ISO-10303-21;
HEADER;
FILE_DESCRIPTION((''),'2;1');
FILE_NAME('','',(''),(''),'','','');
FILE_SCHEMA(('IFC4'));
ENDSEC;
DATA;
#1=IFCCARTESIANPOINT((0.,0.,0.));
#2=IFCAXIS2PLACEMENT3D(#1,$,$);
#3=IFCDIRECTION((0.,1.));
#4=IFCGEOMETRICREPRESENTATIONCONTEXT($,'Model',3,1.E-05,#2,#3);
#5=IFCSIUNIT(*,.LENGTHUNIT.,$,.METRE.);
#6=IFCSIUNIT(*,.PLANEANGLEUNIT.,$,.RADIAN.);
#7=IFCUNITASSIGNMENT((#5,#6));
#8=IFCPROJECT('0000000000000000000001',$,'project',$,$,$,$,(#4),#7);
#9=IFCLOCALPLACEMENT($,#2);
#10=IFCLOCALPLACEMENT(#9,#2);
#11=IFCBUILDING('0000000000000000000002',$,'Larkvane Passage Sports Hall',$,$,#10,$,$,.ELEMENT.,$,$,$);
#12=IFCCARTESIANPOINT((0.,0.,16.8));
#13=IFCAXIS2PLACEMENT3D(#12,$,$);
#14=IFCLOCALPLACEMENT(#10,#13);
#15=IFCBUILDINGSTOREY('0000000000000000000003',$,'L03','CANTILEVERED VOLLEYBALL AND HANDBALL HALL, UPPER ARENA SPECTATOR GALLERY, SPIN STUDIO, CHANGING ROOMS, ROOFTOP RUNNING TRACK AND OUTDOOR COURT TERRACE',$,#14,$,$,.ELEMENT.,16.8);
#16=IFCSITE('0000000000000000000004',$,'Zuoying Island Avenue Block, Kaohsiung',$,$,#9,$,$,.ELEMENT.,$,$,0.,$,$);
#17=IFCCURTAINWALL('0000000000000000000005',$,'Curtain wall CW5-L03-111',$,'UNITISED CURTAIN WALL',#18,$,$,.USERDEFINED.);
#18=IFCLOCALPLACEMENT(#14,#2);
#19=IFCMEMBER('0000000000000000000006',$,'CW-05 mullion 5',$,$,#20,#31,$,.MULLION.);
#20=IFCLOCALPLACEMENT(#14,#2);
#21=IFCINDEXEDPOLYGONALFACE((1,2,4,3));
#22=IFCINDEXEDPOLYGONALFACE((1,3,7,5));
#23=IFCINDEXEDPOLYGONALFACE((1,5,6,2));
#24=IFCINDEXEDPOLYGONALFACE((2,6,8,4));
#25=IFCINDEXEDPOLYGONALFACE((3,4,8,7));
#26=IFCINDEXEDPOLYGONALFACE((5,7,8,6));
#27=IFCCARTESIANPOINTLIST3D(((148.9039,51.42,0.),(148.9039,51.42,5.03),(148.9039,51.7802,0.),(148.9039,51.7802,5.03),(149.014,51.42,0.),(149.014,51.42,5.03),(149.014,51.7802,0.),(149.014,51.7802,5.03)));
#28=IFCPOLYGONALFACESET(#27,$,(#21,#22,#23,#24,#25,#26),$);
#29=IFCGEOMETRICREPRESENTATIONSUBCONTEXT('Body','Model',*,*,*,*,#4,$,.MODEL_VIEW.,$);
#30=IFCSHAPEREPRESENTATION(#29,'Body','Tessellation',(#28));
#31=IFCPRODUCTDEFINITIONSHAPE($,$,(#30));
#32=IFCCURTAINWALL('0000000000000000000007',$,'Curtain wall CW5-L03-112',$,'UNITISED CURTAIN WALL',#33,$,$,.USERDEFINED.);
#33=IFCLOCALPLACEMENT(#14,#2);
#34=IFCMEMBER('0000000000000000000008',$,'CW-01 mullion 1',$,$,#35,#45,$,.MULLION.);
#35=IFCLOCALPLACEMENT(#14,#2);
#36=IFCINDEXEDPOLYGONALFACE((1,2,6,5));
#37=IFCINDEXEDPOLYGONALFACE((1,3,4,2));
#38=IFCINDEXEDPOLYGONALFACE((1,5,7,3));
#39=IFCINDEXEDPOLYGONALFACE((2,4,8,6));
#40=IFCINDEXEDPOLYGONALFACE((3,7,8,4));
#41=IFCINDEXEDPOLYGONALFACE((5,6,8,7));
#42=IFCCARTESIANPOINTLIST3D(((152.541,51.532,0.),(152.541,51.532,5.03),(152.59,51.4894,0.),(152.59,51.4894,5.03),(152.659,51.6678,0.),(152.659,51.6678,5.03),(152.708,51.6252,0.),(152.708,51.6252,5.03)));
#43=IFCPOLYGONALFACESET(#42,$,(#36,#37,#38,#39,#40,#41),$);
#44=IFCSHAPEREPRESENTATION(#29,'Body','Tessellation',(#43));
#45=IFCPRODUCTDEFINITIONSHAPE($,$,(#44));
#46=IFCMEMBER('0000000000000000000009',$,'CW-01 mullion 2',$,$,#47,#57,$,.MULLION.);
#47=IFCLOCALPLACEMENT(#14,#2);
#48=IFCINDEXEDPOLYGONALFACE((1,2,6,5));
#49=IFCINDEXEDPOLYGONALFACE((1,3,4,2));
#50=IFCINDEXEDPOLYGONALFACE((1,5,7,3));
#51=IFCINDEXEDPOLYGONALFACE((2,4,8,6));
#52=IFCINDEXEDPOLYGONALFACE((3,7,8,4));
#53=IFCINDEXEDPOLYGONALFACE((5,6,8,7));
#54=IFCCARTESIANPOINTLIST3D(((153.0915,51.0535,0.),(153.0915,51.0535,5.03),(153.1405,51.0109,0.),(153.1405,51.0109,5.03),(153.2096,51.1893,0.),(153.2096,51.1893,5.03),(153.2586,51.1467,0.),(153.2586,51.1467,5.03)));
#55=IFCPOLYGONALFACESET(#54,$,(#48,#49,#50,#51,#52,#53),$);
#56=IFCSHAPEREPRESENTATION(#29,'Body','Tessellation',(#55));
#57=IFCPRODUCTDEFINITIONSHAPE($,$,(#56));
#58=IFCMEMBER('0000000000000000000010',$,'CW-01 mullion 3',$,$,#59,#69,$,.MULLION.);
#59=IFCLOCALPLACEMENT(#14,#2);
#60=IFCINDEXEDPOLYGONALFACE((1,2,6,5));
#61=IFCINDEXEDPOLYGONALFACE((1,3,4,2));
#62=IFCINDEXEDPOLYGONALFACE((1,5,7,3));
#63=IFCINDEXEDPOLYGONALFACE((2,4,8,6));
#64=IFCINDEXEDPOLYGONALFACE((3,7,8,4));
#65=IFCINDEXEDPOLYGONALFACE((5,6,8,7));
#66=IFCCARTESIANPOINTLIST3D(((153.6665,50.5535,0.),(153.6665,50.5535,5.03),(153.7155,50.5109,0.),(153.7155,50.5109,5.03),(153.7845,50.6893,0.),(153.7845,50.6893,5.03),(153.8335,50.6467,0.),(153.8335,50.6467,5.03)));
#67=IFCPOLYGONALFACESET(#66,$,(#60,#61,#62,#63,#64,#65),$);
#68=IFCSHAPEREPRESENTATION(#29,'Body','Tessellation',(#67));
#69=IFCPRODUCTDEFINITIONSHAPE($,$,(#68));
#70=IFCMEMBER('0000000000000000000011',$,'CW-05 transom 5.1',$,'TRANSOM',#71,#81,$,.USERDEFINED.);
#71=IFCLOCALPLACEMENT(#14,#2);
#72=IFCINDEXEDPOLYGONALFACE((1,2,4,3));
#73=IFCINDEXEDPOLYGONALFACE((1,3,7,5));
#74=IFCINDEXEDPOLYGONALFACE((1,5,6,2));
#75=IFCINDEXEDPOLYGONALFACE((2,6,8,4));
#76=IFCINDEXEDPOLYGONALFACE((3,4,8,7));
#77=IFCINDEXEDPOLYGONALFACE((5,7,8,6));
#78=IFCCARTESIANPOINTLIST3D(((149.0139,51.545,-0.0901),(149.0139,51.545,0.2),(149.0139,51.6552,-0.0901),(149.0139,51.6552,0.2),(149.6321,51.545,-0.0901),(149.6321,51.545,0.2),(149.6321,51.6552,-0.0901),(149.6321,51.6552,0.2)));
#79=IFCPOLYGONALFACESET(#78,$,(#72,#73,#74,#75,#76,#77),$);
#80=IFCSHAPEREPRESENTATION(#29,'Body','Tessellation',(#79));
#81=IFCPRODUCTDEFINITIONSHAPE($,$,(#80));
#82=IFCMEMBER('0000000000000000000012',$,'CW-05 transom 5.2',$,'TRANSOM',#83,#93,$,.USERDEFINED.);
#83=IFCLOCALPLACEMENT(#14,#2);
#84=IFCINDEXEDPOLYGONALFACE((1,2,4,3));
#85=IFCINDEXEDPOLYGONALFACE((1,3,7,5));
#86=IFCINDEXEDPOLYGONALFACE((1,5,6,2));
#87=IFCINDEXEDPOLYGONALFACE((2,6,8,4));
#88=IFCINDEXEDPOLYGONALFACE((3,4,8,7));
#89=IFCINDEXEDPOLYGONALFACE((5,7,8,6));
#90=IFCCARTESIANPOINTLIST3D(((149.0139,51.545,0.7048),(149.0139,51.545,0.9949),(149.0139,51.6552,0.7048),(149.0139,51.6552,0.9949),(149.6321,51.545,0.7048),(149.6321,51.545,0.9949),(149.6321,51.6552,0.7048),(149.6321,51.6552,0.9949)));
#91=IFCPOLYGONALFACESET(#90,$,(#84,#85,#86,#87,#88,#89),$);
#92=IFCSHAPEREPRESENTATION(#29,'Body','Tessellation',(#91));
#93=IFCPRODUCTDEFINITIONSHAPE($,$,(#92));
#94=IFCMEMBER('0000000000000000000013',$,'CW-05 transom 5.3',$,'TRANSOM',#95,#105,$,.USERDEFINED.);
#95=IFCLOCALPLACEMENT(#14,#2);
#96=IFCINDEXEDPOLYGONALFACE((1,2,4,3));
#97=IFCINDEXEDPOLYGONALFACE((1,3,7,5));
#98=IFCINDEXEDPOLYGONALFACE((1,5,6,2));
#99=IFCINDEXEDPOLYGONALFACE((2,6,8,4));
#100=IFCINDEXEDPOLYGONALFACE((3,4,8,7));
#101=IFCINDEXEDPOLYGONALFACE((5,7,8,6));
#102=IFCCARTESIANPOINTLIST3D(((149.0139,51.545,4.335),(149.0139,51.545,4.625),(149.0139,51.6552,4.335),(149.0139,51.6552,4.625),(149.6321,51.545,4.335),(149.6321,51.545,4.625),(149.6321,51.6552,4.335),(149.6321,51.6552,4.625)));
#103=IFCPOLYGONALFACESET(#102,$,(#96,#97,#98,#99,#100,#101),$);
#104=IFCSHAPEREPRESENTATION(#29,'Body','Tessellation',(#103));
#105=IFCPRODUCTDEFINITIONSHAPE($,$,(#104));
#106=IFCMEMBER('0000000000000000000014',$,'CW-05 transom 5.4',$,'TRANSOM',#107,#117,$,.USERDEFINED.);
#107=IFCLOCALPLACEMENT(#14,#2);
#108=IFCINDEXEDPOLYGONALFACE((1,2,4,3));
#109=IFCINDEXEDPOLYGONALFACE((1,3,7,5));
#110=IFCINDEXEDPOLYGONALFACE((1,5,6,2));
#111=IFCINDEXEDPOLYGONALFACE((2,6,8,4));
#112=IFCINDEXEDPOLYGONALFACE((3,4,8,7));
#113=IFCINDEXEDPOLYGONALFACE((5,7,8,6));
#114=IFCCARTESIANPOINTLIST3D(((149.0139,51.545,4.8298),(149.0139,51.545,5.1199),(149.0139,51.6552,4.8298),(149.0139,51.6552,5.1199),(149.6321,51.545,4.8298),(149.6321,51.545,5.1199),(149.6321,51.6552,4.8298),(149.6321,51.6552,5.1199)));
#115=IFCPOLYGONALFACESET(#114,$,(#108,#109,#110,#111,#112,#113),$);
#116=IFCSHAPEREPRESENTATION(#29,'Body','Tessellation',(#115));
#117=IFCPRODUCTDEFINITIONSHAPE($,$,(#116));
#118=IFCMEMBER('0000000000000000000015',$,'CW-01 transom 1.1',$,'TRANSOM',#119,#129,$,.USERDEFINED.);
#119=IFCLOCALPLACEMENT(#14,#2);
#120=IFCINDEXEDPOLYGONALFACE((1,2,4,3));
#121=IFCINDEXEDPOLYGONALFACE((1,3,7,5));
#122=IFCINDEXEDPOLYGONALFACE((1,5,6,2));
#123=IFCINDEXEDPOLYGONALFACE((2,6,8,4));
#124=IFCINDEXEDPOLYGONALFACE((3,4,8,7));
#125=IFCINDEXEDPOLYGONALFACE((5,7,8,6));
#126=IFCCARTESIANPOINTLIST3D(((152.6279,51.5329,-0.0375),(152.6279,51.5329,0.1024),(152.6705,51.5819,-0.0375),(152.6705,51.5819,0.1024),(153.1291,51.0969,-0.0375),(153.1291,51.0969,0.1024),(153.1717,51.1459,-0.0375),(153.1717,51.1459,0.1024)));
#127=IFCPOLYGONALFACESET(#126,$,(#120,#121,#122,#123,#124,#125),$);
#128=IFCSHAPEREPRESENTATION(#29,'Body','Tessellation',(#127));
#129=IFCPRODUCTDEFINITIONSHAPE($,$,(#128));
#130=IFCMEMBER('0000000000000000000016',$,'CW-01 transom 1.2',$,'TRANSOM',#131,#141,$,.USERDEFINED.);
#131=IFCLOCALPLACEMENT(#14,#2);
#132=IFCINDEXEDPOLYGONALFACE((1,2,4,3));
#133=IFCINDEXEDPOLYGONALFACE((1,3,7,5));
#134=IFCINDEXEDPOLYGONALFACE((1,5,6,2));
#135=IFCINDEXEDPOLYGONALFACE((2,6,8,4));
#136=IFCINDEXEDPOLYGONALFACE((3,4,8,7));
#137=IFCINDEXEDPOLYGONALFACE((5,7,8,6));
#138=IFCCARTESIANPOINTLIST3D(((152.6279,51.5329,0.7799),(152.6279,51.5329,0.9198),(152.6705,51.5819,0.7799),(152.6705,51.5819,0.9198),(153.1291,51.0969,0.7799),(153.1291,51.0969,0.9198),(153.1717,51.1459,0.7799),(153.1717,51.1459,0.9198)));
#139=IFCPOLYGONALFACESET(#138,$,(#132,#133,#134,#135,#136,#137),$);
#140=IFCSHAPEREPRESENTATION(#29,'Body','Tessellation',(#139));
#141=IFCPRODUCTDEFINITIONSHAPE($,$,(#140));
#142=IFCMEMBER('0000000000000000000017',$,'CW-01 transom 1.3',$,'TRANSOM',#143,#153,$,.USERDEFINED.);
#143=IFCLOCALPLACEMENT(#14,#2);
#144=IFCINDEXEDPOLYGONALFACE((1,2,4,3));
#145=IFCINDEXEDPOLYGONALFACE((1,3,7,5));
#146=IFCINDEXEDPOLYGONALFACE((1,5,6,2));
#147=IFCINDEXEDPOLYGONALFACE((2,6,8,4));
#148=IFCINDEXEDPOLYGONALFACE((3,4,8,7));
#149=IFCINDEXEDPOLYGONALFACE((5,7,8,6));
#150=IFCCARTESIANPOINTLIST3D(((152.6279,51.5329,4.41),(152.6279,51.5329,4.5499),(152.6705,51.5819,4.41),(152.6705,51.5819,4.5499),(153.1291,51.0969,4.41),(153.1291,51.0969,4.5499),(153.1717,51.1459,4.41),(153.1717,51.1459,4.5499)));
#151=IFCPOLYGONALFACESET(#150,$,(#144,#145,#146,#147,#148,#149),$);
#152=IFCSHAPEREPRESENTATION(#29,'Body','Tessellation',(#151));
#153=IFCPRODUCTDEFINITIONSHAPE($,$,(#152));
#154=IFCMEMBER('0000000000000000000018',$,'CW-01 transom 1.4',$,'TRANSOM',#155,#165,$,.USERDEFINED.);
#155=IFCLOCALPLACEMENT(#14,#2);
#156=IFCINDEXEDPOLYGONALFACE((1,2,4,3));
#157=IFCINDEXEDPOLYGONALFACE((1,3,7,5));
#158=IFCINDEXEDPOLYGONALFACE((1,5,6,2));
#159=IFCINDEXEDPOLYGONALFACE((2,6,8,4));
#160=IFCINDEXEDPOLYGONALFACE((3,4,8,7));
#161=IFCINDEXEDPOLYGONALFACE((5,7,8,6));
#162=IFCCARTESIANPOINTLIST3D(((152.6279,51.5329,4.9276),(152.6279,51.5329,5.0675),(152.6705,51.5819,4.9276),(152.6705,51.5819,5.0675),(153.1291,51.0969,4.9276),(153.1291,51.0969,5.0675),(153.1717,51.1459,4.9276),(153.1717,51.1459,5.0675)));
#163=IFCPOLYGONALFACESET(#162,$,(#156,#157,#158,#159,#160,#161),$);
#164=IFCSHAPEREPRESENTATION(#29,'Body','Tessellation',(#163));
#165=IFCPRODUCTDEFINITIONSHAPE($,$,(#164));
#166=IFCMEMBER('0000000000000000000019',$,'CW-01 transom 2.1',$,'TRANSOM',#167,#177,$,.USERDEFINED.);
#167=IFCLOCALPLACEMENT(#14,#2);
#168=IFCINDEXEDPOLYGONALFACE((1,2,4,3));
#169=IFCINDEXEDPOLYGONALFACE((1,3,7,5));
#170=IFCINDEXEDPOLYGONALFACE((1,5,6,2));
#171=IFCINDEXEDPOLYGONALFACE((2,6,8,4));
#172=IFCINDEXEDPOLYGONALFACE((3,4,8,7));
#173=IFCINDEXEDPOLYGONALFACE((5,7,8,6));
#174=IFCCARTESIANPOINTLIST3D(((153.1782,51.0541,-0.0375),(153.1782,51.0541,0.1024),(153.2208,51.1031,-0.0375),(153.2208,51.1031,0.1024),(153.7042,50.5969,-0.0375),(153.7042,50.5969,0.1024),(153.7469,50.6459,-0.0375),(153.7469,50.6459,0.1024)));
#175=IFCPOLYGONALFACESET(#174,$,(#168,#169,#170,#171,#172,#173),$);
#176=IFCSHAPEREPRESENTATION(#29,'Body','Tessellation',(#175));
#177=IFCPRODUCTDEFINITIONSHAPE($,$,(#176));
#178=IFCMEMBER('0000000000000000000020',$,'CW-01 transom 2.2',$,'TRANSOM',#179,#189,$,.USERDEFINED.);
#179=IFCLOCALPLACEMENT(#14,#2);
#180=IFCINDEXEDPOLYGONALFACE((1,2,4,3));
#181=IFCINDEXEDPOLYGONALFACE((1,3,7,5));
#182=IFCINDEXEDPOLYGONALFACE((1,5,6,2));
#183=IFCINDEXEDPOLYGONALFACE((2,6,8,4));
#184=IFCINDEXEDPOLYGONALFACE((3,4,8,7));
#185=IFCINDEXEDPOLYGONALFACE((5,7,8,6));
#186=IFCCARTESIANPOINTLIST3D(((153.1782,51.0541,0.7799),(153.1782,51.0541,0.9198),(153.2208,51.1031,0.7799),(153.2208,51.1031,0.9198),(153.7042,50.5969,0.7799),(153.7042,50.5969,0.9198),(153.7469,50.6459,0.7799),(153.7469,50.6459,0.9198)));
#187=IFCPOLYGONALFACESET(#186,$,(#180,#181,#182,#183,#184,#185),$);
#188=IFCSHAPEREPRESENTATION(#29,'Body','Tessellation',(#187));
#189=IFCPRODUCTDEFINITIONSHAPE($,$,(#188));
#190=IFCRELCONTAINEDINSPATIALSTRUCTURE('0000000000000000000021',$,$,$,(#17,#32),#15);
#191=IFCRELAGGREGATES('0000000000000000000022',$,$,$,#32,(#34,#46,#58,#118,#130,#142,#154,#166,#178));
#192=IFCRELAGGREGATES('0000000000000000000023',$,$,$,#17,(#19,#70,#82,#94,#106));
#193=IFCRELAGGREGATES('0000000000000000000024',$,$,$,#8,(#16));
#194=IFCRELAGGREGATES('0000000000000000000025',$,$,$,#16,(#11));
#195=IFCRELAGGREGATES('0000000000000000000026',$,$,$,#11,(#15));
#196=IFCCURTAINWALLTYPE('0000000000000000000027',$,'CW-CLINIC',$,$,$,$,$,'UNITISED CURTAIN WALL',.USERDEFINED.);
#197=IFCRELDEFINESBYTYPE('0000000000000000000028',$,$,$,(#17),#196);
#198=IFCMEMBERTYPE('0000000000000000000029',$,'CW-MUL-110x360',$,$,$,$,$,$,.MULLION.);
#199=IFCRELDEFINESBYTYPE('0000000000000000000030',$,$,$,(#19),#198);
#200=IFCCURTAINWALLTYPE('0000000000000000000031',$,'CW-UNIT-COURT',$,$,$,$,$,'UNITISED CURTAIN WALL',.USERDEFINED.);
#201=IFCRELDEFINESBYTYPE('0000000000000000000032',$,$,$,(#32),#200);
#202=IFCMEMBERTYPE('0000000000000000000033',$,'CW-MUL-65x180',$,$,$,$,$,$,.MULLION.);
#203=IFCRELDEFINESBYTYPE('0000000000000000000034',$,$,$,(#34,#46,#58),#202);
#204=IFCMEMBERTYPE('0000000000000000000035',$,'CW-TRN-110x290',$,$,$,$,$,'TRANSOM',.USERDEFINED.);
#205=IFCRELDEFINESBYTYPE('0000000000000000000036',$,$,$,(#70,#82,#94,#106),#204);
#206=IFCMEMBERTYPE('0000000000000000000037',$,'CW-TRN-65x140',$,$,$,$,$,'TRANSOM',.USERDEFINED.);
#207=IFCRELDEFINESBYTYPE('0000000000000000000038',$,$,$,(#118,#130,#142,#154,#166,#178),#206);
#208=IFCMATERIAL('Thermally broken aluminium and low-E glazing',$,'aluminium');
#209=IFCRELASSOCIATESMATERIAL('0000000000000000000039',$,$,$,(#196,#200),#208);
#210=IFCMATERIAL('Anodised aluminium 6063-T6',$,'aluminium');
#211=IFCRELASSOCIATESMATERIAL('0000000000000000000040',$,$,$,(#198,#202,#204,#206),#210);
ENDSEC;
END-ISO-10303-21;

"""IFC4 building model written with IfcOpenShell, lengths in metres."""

from ifc_helpers import new_model, si_unit, direction, frame, origin, origin_2d, place, context, subcontext, project, spatial, rectangle, extrude, material, material_profile, profile_set, type_object, element, aggregate, save


model = new_model("IFC4")

# Units and contexts
model_context = context("Model", 3, precision=1e-05, world=origin(), true_north=direction((0.0, 1.0)))
body_context = subcontext(model_context, "Body", "Model", "MODEL_VIEW")
ifc_project = project(units=[si_unit("LENGTHUNIT", "METRE"), si_unit("PLANEANGLEUNIT", "RADIAN")], contexts=[model_context])

# Site, building, storey
site_placement = place(None, origin())
site = spatial("IfcSite", under=ifc_project, at=site_placement, Name="Zuoying Island Avenue Block, Kaohsiung", CompositionType="ELEMENT", RefElevation=0.0)
building_placement = place(site_placement, origin())
building = spatial("IfcBuilding", under=site, at=building_placement, Name="Larkvane Passage Sports Hall", CompositionType="ELEMENT")
storey_placement = place(building_placement, frame((0.0, 0.0, 16.8)))
storey = spatial("IfcBuildingStorey", under=building, at=storey_placement, Name="L03", Description="CANTILEVERED VOLLEYBALL AND HANDBALL HALL, UPPER ARENA SPECTATOR GALLERY, SPIN STUDIO, CHANGING ROOMS, ROOFTOP RUNNING TRACK AND OUTDOOR COURT TERRACE", CompositionType="ELEMENT", Elevation=16.8)

# Curtain wall, member
ifc_material_1 = material(Name="Thermally broken aluminium and low-E glazing", Category="aluminium")
curtain_wall_type_1 = type_object("IfcCurtainWallType", Name="CW-CLINIC", ElementType="UNITISED CURTAIN WALL", PredefinedType="USERDEFINED", material=ifc_material_1)
curtain_wall_1_placement = place(storey_placement, origin())
curtain_wall_1 = element("IfcCurtainWall", 1, at=curtain_wall_1_placement, inside=storey, type_object=curtain_wall_type_1, Name="Curtain wall CW5-L03-111", ObjectType="UNITISED CURTAIN WALL", PredefinedType="USERDEFINED")
ifc_material_2 = material(Name="Anodised aluminium 6063-T6", Category="aluminium")
ifc_material_profile_1 = material_profile(ifc_material_2, rectangle(XDim=0.1101, YDim=0.3601, at=origin_2d()), Name="ALU-MUL-110x360")
ifc_profile_set_1 = profile_set([ifc_material_profile_1], Name="Anodised aluminium 6063-T6")
member_type_1 = type_object("IfcMemberType", Name="CW-MUL-110x360", PredefinedType="MULLION", material=ifc_profile_set_1)
member_1_placement = place(storey_placement, frame((148.959, 51.6001, 0.0), z_axis=(0.0, 0.0, 1.0), x_axis=(1.0, 0.0, 0.0)))
member_1 = element("IfcMember", 2, at=member_1_placement, type_object=member_type_1, Name="CW-05 mullion 5", PredefinedType="MULLION", context=body_context, shape_type="SweptSolid", body=[
    extrude(rectangle(XDim=0.1101, YDim=0.3601, at=origin_2d()), origin(), (0.0, 0.0, 1.0), 5.03),
])

# Curtain wall, members
curtain_wall_type_2 = type_object("IfcCurtainWallType", Name="CW-UNIT-COURT", ElementType="UNITISED CURTAIN WALL", PredefinedType="USERDEFINED", material=ifc_material_1)
curtain_wall_2_placement = place(storey_placement, origin())
curtain_wall_2 = element("IfcCurtainWall", 3, at=curtain_wall_2_placement, inside=storey, type_object=curtain_wall_type_2, Name="Curtain wall CW5-L03-112", ObjectType="UNITISED CURTAIN WALL", PredefinedType="USERDEFINED")
ifc_material_profile_2 = material_profile(ifc_material_2, rectangle(XDim=0.0649, YDim=0.1799, at=origin_2d()), Name="ALU-MUL-65x180")
ifc_profile_set_2 = profile_set([ifc_material_profile_2], Name="Anodised aluminium 6063-T6")
member_type_2 = type_object("IfcMemberType", Name="CW-MUL-65x180", PredefinedType="MULLION", material=ifc_profile_set_2)
member_2_placement = place(storey_placement, frame((152.6245, 51.5786, 0.0), z_axis=(0.0, 0.0, 1.0), x_axis=(0.754606, -0.656179, 0.0)))
member_2 = element("IfcMember", 4, at=member_2_placement, type_object=member_type_2, Name="CW-01 mullion 1", PredefinedType="MULLION", context=body_context, shape_type="SweptSolid", body=[
    extrude(rectangle(XDim=0.0649, YDim=0.1799, at=origin_2d()), origin(), (0.0, 0.0, 1.0), 5.03),
])
member_3_placement = place(storey_placement, frame((153.175, 51.1001, 0.0), z_axis=(0.0, 0.0, 1.0), x_axis=(0.754606, -0.656179, 0.0)))
member_3 = element("IfcMember", 5, at=member_3_placement, type_object=member_type_2, Name="CW-01 mullion 2", PredefinedType="MULLION", context=body_context, shape_type="SweptSolid", body=[
    extrude(rectangle(XDim=0.0649, YDim=0.1799, at=origin_2d()), origin(), (0.0, 0.0, 1.0), 5.03),
])
member_4_placement = place(storey_placement, frame((153.75, 50.6001, 0.0), z_axis=(0.0, 0.0, 1.0), x_axis=(0.754606, -0.656179, 0.0)))
member_4 = element("IfcMember", 6, at=member_4_placement, type_object=member_type_2, Name="CW-01 mullion 3", PredefinedType="MULLION", context=body_context, shape_type="SweptSolid", body=[
    extrude(rectangle(XDim=0.0649, YDim=0.1799, at=origin_2d()), origin(), (0.0, 0.0, 1.0), 5.03),
])

# Members
ifc_material_profile_3 = material_profile(ifc_material_2, rectangle(XDim=0.1101, YDim=0.29, at=origin_2d()), Name="ALU-TRN-110x290")
ifc_profile_set_3 = profile_set([ifc_material_profile_3], Name="Anodised aluminium 6063-T6")
member_type_3 = type_object("IfcMemberType", Name="CW-TRN-110x290", ElementType="TRANSOM", PredefinedType="USERDEFINED", material=ifc_profile_set_3)
member_5_placement = place(storey_placement, frame((149.0139, 51.6001, 0.0549), z_axis=(1.0, 0.0, 0.0), x_axis=(0.0, 1.0, 0.0)))
member_5 = element("IfcMember", 7, at=member_5_placement, type_object=member_type_3, Name="CW-05 transom 5.1", ObjectType="TRANSOM", PredefinedType="USERDEFINED", context=body_context, shape_type="SweptSolid", body=[
    extrude(rectangle(XDim=0.1101, YDim=0.29, at=origin_2d()), origin(), (0.0, 0.0, 1.0), 0.6182),
])
member_6_placement = place(storey_placement, frame((149.0139, 51.6001, 0.8499), z_axis=(1.0, 0.0, 0.0), x_axis=(0.0, 1.0, 0.0)))
member_6 = element("IfcMember", 8, at=member_6_placement, type_object=member_type_3, Name="CW-05 transom 5.2", ObjectType="TRANSOM", PredefinedType="USERDEFINED", context=body_context, shape_type="SweptSolid", body=[
    extrude(rectangle(XDim=0.1101, YDim=0.29, at=origin_2d()), origin(), (0.0, 0.0, 1.0), 0.6182),
])
member_7_placement = place(storey_placement, frame((149.0139, 51.6001, 4.48), z_axis=(1.0, 0.0, 0.0), x_axis=(0.0, 1.0, 0.0)))
member_7 = element("IfcMember", 9, at=member_7_placement, type_object=member_type_3, Name="CW-05 transom 5.3", ObjectType="TRANSOM", PredefinedType="USERDEFINED", context=body_context, shape_type="SweptSolid", body=[
    extrude(rectangle(XDim=0.1101, YDim=0.29, at=origin_2d()), origin(), (0.0, 0.0, 1.0), 0.6182),
])
member_8_placement = place(storey_placement, frame((149.0139, 51.6001, 4.9749), z_axis=(1.0, 0.0, 0.0), x_axis=(0.0, 1.0, 0.0)))
member_8 = element("IfcMember", 10, at=member_8_placement, type_object=member_type_3, Name="CW-05 transom 5.4", ObjectType="TRANSOM", PredefinedType="USERDEFINED", context=body_context, shape_type="SweptSolid", body=[
    extrude(rectangle(XDim=0.1101, YDim=0.29, at=origin_2d()), origin(), (0.0, 0.0, 1.0), 0.6182),
])
ifc_material_profile_4 = material_profile(ifc_material_2, rectangle(XDim=0.0649, YDim=0.1399, at=origin_2d()), Name="ALU-TRN-65x140")
ifc_profile_set_4 = profile_set([ifc_material_profile_4], Name="Anodised aluminium 6063-T6")
member_type_4 = type_object("IfcMemberType", Name="CW-TRN-65x140", ElementType="TRANSOM", PredefinedType="USERDEFINED", material=ifc_profile_set_4)
member_9_placement = place(storey_placement, frame((152.6492, 51.5574, 0.0325), z_axis=(0.754463, -0.656342, 0.0), x_axis=(0.656342, 0.754463, 0.0)))
member_9 = element("IfcMember", 11, at=member_9_placement, type_object=member_type_4, Name="CW-01 transom 1.1", ObjectType="TRANSOM", PredefinedType="USERDEFINED", context=body_context, shape_type="SweptSolid", body=[
    extrude(rectangle(XDim=0.0649, YDim=0.1399, at=origin_2d()), origin(), (0.0, 0.0, 1.0), 0.6643),
])
member_10_placement = place(storey_placement, frame((152.6492, 51.5574, 0.8499), z_axis=(0.754463, -0.656342, 0.0), x_axis=(0.656342, 0.754463, 0.0)))
member_10 = element("IfcMember", 12, at=member_10_placement, type_object=member_type_4, Name="CW-01 transom 1.2", ObjectType="TRANSOM", PredefinedType="USERDEFINED", context=body_context, shape_type="SweptSolid", body=[
    extrude(rectangle(XDim=0.0649, YDim=0.1399, at=origin_2d()), origin(), (0.0, 0.0, 1.0), 0.6643),
])
member_11_placement = place(storey_placement, frame((152.6492, 51.5574, 4.48), z_axis=(0.754463, -0.656342, 0.0), x_axis=(0.656342, 0.754463, 0.0)))
member_11 = element("IfcMember", 13, at=member_11_placement, type_object=member_type_4, Name="CW-01 transom 1.3", ObjectType="TRANSOM", PredefinedType="USERDEFINED", context=body_context, shape_type="SweptSolid", body=[
    extrude(rectangle(XDim=0.0649, YDim=0.1399, at=origin_2d()), origin(), (0.0, 0.0, 1.0), 0.6643),
])
member_12_placement = place(storey_placement, frame((152.6492, 51.5574, 4.9976), z_axis=(0.754463, -0.656342, 0.0), x_axis=(0.656342, 0.754463, 0.0)))
member_12 = element("IfcMember", 14, at=member_12_placement, type_object=member_type_4, Name="CW-01 transom 1.4", ObjectType="TRANSOM", PredefinedType="USERDEFINED", context=body_context, shape_type="SweptSolid", body=[
    extrude(rectangle(XDim=0.0649, YDim=0.1399, at=origin_2d()), origin(), (0.0, 0.0, 1.0), 0.6643),
])
member_13_placement = place(storey_placement, frame((153.1995, 51.0786, 0.0325), z_axis=(0.754764, -0.655997, 0.0), x_axis=(0.655997, 0.754764, 0.0)))
member_13 = element("IfcMember", 15, at=member_13_placement, type_object=member_type_4, Name="CW-01 transom 2.1", ObjectType="TRANSOM", PredefinedType="USERDEFINED", context=body_context, shape_type="SweptSolid", body=[
    extrude(rectangle(XDim=0.0649, YDim=0.1399, at=origin_2d()), origin(), (0.0, 0.0, 1.0), 0.697),
])
member_14_placement = place(storey_placement, frame((153.1995, 51.0786, 0.8499), z_axis=(0.754764, -0.655997, 0.0), x_axis=(0.655997, 0.754764, 0.0)))
member_14 = element("IfcMember", 16, at=member_14_placement, type_object=member_type_4, Name="CW-01 transom 2.2", ObjectType="TRANSOM", PredefinedType="USERDEFINED", context=body_context, shape_type="SweptSolid", body=[
    extrude(rectangle(XDim=0.0649, YDim=0.1399, at=origin_2d()), origin(), (0.0, 0.0, 1.0), 0.697),
])

aggregate(curtain_wall_2, [member_2, member_3, member_4, member_9, member_10, member_11, member_12, member_13, member_14])
aggregate(curtain_wall_1, [member_1, member_5, member_6, member_7, member_8])

save(model, "model.ifc")
